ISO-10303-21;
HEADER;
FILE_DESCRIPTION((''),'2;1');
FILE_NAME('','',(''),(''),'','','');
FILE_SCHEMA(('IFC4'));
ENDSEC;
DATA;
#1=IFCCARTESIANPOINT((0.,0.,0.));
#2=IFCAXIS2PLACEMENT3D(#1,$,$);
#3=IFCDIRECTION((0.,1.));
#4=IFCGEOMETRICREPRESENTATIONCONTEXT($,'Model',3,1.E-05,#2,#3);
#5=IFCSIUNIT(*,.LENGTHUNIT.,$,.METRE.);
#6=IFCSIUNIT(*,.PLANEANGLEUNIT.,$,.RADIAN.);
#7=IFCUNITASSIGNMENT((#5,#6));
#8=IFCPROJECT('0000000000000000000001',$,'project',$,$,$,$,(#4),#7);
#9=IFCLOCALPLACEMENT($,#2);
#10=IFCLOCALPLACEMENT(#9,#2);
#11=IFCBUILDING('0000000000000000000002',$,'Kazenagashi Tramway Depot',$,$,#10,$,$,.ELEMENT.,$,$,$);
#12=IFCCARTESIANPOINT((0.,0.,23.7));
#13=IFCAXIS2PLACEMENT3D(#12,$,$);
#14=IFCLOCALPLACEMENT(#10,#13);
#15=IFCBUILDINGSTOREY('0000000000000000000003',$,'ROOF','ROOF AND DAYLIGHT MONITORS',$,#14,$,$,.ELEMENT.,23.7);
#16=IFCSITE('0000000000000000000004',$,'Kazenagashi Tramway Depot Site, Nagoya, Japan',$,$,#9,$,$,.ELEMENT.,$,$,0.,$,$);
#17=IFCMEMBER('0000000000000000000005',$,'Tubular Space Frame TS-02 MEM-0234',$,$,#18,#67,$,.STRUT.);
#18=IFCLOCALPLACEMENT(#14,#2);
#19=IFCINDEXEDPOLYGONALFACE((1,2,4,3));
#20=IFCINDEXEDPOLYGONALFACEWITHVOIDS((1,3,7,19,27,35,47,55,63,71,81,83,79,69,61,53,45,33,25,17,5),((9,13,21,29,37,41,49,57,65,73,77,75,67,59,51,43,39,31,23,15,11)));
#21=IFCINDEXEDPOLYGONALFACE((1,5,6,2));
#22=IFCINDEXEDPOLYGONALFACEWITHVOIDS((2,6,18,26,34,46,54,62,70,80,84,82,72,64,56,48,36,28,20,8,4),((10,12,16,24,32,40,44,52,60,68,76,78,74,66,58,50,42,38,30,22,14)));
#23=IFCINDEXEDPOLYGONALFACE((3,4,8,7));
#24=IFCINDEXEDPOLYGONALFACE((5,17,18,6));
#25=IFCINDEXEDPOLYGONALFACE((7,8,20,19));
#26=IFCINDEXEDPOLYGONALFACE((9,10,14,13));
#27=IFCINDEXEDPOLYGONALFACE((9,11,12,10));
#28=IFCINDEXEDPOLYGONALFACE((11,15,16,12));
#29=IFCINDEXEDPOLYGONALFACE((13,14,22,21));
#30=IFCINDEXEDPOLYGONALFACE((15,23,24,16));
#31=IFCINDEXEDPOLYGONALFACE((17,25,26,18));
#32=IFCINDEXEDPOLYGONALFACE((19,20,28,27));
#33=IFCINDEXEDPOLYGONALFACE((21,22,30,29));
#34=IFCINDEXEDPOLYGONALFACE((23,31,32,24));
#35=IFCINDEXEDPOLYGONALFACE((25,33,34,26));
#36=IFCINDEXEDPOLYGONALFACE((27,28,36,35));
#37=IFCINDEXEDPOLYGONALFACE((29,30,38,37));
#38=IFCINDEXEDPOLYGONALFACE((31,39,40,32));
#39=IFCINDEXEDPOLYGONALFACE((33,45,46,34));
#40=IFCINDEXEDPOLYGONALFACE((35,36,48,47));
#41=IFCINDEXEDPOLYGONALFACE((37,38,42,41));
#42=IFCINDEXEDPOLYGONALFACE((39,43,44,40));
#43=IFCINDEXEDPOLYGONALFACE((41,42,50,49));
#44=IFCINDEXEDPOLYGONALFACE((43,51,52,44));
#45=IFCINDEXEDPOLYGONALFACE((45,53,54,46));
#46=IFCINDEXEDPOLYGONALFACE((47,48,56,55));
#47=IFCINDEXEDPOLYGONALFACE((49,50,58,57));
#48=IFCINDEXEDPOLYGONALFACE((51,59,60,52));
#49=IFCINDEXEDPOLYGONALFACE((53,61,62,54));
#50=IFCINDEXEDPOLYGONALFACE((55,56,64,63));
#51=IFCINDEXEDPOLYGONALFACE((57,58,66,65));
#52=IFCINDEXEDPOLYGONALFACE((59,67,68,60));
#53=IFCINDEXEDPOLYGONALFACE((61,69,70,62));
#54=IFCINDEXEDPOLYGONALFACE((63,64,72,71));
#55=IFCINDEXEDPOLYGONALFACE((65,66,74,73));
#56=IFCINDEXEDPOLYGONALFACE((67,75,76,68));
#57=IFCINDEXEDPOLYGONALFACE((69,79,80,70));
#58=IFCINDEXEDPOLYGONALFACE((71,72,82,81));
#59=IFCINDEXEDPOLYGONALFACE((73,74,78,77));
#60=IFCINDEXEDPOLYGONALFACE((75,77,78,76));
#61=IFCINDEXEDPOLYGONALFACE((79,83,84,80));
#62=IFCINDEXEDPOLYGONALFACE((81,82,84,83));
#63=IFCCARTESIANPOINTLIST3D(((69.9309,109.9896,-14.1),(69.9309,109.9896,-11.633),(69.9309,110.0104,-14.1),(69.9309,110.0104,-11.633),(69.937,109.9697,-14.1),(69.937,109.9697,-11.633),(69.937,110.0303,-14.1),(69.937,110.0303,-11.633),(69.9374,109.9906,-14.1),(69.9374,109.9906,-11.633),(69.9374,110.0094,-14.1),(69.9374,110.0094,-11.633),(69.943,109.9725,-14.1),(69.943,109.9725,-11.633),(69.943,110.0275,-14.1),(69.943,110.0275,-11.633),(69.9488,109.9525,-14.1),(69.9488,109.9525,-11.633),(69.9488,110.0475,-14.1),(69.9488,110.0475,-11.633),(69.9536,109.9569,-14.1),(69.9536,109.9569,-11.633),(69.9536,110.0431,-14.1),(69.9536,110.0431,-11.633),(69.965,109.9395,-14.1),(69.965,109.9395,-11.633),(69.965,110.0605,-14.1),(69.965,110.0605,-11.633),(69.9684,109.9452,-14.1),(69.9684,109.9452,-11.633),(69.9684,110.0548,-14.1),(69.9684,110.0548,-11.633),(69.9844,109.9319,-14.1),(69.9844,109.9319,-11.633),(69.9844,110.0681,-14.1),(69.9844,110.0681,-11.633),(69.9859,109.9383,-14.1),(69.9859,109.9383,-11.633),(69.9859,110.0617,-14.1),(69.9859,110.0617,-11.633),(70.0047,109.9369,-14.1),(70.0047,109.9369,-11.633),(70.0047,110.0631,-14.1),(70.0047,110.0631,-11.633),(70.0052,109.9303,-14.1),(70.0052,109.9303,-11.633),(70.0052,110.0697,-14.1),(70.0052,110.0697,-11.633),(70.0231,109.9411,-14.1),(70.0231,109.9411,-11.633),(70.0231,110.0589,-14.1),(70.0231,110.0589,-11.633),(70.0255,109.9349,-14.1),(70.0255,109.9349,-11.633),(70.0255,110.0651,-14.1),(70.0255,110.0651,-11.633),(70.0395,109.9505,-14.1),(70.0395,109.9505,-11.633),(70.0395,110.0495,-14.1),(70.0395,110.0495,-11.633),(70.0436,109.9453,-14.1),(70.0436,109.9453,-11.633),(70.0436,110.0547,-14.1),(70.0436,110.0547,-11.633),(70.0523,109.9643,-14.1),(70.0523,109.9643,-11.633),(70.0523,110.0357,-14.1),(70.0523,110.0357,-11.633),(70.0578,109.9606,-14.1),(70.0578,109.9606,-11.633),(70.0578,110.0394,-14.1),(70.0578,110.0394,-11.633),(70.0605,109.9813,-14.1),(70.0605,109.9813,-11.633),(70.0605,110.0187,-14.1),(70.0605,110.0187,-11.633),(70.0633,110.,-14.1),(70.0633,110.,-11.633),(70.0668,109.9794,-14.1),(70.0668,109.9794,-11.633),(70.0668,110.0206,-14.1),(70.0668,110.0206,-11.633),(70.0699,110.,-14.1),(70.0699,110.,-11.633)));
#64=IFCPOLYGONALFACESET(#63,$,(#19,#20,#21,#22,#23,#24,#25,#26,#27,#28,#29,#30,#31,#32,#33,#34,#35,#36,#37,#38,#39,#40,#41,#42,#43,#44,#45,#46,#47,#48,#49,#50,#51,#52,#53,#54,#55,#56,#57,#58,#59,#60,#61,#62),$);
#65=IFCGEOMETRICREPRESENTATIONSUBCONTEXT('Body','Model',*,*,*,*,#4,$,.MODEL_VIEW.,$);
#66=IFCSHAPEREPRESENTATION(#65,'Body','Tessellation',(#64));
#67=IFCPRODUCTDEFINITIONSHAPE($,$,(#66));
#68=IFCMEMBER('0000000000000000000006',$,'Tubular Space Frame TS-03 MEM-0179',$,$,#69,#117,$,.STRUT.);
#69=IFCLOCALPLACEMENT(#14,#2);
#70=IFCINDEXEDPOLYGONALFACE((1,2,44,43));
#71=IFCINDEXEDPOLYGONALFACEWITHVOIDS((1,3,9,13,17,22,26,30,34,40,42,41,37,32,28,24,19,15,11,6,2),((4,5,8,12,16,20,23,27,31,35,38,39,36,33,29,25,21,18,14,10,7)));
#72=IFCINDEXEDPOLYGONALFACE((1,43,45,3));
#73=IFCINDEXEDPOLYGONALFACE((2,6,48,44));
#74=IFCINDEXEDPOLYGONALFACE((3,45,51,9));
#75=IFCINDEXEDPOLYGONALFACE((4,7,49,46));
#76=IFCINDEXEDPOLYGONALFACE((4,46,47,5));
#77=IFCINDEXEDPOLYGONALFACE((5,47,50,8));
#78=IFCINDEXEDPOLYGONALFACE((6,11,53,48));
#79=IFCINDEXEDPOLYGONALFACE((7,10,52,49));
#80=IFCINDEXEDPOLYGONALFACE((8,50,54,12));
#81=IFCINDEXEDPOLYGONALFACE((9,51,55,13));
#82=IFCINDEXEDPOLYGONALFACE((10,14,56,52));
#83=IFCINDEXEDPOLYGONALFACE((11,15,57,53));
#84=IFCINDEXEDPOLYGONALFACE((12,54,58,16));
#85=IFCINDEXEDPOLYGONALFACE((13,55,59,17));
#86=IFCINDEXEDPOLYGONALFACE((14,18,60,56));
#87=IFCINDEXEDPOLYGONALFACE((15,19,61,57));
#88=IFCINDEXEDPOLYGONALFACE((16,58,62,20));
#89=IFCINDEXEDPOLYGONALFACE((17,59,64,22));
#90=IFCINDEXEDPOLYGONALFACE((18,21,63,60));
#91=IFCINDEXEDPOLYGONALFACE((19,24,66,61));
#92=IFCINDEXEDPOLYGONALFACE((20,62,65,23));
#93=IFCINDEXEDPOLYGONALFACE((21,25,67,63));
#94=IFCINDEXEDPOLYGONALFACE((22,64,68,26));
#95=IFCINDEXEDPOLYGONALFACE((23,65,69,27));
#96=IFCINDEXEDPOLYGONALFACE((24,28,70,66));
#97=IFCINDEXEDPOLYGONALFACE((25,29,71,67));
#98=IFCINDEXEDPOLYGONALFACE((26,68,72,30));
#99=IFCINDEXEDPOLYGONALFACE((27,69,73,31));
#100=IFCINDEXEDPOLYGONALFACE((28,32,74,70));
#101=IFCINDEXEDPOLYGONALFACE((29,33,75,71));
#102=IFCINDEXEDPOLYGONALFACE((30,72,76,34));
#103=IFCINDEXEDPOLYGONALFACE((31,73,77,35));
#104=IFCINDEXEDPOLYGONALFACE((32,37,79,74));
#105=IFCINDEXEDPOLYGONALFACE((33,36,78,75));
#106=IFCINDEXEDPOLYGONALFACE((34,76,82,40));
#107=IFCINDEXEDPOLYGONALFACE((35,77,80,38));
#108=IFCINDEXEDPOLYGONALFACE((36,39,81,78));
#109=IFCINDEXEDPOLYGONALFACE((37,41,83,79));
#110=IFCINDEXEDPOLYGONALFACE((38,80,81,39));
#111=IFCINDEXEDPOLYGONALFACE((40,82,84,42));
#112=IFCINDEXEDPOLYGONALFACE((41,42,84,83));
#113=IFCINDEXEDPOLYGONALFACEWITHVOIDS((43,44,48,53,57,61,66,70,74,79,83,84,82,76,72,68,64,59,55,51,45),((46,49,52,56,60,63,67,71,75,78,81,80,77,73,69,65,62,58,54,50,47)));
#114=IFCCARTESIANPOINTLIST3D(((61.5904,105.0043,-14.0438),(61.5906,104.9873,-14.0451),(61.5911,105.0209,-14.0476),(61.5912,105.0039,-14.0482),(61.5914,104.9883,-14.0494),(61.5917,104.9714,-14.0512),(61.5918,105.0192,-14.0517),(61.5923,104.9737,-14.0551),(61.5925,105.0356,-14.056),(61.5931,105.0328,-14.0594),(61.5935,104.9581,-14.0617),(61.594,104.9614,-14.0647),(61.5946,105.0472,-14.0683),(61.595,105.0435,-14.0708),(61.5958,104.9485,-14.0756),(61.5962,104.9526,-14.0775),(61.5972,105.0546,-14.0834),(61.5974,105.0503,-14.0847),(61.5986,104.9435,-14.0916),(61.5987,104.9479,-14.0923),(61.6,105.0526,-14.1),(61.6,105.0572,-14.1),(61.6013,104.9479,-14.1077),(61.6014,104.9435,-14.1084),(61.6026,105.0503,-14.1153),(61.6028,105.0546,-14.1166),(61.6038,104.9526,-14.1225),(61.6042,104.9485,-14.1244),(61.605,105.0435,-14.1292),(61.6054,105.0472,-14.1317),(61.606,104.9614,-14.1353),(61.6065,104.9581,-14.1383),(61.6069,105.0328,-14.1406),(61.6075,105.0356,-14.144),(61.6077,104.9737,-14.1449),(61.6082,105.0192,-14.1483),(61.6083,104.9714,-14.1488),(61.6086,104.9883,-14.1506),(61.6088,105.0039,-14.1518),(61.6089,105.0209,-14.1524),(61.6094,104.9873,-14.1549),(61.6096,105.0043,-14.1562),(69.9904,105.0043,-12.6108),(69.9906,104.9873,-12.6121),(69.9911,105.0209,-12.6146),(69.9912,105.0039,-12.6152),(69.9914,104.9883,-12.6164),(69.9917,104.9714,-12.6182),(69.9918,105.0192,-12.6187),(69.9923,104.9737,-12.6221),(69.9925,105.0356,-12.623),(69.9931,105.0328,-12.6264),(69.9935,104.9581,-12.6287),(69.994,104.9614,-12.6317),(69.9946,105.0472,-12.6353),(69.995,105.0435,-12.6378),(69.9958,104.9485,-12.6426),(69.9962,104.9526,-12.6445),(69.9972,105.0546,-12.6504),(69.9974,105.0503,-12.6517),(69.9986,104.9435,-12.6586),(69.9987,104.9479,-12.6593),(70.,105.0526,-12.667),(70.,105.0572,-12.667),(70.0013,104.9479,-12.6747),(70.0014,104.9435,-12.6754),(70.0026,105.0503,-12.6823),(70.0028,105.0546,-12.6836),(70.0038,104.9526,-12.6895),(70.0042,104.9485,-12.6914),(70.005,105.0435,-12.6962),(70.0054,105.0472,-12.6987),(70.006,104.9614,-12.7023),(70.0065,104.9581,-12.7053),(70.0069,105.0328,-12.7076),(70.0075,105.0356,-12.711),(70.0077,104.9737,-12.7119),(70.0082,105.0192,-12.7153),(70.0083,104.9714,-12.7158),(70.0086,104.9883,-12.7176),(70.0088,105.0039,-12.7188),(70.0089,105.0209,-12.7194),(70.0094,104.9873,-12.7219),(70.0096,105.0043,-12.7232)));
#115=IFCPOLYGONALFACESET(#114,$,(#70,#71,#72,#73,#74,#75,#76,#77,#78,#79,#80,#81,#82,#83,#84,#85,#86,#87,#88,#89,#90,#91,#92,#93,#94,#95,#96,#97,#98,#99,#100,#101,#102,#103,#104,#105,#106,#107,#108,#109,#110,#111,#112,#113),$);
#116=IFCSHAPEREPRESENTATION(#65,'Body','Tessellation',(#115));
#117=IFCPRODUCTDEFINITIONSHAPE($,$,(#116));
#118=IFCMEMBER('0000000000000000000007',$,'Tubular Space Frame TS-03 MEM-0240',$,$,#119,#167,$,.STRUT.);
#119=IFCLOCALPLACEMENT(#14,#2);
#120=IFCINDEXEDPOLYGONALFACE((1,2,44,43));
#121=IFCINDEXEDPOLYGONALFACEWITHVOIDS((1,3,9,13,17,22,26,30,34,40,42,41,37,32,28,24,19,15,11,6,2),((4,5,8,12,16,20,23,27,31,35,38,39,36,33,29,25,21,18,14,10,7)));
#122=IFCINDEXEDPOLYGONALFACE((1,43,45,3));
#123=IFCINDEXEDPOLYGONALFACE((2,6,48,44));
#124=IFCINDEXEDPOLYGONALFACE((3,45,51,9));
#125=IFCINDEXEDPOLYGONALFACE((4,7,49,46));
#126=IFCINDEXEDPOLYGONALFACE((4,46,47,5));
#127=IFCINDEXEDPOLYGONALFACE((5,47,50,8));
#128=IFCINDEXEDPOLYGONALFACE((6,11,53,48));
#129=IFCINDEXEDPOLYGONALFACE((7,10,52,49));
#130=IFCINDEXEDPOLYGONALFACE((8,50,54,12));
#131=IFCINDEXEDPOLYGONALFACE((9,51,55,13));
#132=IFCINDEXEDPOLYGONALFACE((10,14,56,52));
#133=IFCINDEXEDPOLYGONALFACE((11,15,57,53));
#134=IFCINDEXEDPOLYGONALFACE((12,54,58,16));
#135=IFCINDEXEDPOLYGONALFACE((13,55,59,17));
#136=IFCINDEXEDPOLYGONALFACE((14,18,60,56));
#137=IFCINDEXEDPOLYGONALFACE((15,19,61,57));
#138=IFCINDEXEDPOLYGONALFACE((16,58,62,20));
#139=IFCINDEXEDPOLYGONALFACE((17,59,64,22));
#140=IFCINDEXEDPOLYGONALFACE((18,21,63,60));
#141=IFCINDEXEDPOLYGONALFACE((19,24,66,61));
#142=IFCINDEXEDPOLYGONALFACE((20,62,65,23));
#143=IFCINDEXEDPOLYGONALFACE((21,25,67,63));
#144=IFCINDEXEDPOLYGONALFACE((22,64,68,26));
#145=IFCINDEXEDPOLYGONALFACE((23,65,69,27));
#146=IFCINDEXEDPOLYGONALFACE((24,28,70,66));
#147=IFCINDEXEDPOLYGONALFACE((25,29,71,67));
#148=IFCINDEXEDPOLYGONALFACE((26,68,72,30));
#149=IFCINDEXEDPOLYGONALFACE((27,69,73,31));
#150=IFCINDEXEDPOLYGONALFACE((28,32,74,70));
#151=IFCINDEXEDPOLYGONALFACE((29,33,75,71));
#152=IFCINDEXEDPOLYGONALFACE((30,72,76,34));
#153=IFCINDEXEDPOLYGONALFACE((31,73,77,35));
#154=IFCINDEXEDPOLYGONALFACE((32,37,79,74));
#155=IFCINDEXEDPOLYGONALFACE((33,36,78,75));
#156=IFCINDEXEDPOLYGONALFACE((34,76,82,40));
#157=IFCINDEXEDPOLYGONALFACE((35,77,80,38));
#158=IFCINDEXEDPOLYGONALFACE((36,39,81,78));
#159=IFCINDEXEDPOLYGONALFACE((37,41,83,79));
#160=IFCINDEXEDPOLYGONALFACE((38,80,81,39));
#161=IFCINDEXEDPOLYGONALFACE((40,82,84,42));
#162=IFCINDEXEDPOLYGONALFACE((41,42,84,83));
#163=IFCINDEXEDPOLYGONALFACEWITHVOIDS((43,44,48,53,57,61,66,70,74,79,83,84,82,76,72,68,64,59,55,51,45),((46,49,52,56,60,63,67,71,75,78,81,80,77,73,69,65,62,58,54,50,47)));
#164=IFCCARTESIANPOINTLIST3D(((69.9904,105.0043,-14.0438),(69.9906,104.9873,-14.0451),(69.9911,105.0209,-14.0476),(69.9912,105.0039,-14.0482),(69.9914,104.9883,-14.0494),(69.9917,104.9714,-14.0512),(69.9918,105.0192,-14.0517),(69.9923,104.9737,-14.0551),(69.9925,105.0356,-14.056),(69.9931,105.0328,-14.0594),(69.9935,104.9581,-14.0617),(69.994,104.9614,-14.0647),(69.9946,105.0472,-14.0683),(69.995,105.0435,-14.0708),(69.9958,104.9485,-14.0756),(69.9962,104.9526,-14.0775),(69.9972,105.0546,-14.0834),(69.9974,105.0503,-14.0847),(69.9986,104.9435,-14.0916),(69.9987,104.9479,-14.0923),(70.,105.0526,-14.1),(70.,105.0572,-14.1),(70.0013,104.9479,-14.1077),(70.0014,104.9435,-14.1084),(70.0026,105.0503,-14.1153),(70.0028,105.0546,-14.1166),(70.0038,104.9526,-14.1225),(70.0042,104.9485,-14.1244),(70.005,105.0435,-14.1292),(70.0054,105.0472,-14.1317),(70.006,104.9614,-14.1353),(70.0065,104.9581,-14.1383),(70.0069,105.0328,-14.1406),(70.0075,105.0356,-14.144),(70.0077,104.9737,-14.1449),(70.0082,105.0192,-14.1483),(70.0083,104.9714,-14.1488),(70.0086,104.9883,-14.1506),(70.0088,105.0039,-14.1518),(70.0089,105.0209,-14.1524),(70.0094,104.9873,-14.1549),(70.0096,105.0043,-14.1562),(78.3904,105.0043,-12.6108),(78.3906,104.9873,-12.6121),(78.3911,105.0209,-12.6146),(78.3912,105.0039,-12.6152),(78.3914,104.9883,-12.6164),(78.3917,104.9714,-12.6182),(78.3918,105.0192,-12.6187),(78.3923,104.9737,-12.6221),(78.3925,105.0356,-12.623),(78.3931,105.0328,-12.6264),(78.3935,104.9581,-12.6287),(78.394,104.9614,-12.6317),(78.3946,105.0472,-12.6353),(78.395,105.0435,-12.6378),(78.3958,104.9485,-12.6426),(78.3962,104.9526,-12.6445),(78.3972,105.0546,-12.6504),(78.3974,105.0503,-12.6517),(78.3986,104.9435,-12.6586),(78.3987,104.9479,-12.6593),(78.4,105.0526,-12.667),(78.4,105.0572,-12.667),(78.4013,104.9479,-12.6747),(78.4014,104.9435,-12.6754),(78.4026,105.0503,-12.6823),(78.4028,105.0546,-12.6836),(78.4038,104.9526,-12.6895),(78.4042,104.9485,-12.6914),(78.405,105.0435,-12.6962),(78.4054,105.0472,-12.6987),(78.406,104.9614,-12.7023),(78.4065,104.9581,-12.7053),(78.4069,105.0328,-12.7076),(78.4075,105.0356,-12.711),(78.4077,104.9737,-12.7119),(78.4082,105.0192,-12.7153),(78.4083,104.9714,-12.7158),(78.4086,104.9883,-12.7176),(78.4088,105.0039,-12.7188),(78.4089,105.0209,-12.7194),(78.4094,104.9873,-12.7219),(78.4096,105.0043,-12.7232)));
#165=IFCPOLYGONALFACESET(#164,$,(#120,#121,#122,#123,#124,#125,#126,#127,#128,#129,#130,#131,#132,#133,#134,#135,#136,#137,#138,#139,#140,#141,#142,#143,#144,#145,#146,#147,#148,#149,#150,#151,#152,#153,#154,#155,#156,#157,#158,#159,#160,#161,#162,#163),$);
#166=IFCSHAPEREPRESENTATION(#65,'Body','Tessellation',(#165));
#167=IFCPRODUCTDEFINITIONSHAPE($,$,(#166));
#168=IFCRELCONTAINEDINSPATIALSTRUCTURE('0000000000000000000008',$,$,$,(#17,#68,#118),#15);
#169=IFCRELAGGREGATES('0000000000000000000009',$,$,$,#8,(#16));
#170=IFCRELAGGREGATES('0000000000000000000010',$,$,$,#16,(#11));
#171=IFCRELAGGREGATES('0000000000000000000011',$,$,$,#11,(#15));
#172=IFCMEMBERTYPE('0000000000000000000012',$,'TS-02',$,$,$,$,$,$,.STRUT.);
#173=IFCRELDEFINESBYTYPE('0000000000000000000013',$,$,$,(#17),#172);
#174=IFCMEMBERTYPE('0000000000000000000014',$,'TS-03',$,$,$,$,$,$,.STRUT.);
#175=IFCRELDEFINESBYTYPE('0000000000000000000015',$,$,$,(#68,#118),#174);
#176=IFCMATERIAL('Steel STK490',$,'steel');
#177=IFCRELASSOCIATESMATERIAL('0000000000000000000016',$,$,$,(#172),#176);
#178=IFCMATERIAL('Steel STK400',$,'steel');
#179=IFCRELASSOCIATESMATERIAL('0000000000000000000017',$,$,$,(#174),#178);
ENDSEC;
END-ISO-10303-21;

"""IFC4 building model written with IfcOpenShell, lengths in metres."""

from ifc_helpers import new_model, si_unit, direction, frame, origin, origin_2d, place, context, subcontext, project, spatial, hollow_circle, extrude, material, material_profile, profile_set, type_object, element, save


model = new_model("IFC4")

# Units and contexts
model_context = context("Model", 3, precision=1e-05, world=origin(), true_north=direction((0.0, 1.0)))
body_context = subcontext(model_context, "Body", "Model", "MODEL_VIEW")
ifc_project = project(units=[si_unit("LENGTHUNIT", "METRE"), si_unit("PLANEANGLEUNIT", "RADIAN")], contexts=[model_context])

# Site, building, storey
site_placement = place(None, origin())
site = spatial("IfcSite", under=ifc_project, at=site_placement, Name="Kazenagashi Tramway Depot Site, Nagoya, Japan", CompositionType="ELEMENT", RefElevation=0.0)
building_placement = place(site_placement, origin())
building = spatial("IfcBuilding", under=site, at=building_placement, Name="Kazenagashi Tramway Depot", CompositionType="ELEMENT")
storey_placement = place(building_placement, frame((0.0, 0.0, 23.7)))
storey = spatial("IfcBuildingStorey", under=building, at=storey_placement, Name="ROOF", Description="ROOF AND DAYLIGHT MONITORS", CompositionType="ELEMENT", Elevation=23.7)

# Members
ifc_material_1 = material(Name="Steel STK490", Category="steel")
ifc_material_profile_1 = material_profile(ifc_material_1, hollow_circle(Radius=0.0699, WallThickness=0.0066, at=origin_2d()), Name="CHS-139.8x6.6")
ifc_profile_set_1 = profile_set([ifc_material_profile_1], Name="Steel STK490")
member_type_1 = type_object("IfcMemberType", Name="TS-02", PredefinedType="STRUT", material=ifc_profile_set_1)
member_1_placement = place(storey_placement, frame((70.0, 110.0, -14.1), z_axis=(0.0, 0.0, 1.0), x_axis=(1.0, 0.0, 0.0)))
element("IfcMember", 1, at=member_1_placement, inside=storey, type_object=member_type_1, Name="Tubular Space Frame TS-02 MEM-0234", PredefinedType="STRUT", context=body_context, shape_type="SweptSolid", body=[
    extrude(hollow_circle(Radius=0.0699, WallThickness=0.0066, at=origin_2d()), origin(), (0.0, 0.0, 1.0), 2.467),
])
ifc_material_2 = material(Name="Steel STK400", Category="steel")
ifc_material_profile_2 = material_profile(ifc_material_2, hollow_circle(Radius=0.0571, WallThickness=0.0045, at=origin_2d()), Name="CHS-114.3x4.5")
ifc_profile_set_2 = profile_set([ifc_material_profile_2], Name="Steel STK400")
member_type_2 = type_object("IfcMemberType", Name="TS-03", PredefinedType="STRUT", material=ifc_profile_set_2)
for number, where, z_axis, x_axis, name in (
    (2, (61.6, 105.0, -14.1), (0.985759, 0.0, 0.168166), (0.0, 1.0, 0.0), "Tubular Space Frame TS-03 MEM-0179"),
    (3, (70.0, 105.0, -14.1), (0.985759, 0.0, 0.168166), (0.0, 1.0, 0.0), "Tubular Space Frame TS-03 MEM-0240"),
):
    element("IfcMember", number, at=place(storey_placement, frame(where, z_axis=z_axis, x_axis=x_axis)), inside=storey, type_object=member_type_2, Name=name, PredefinedType="STRUT", context=body_context, shape_type="SweptSolid", body=[
        extrude(hollow_circle(Radius=0.0571, WallThickness=0.0045, at=origin_2d()), origin(), (0.0, 0.0, 1.0), 8.5214),
    ])

save(model, "model.ifc")
